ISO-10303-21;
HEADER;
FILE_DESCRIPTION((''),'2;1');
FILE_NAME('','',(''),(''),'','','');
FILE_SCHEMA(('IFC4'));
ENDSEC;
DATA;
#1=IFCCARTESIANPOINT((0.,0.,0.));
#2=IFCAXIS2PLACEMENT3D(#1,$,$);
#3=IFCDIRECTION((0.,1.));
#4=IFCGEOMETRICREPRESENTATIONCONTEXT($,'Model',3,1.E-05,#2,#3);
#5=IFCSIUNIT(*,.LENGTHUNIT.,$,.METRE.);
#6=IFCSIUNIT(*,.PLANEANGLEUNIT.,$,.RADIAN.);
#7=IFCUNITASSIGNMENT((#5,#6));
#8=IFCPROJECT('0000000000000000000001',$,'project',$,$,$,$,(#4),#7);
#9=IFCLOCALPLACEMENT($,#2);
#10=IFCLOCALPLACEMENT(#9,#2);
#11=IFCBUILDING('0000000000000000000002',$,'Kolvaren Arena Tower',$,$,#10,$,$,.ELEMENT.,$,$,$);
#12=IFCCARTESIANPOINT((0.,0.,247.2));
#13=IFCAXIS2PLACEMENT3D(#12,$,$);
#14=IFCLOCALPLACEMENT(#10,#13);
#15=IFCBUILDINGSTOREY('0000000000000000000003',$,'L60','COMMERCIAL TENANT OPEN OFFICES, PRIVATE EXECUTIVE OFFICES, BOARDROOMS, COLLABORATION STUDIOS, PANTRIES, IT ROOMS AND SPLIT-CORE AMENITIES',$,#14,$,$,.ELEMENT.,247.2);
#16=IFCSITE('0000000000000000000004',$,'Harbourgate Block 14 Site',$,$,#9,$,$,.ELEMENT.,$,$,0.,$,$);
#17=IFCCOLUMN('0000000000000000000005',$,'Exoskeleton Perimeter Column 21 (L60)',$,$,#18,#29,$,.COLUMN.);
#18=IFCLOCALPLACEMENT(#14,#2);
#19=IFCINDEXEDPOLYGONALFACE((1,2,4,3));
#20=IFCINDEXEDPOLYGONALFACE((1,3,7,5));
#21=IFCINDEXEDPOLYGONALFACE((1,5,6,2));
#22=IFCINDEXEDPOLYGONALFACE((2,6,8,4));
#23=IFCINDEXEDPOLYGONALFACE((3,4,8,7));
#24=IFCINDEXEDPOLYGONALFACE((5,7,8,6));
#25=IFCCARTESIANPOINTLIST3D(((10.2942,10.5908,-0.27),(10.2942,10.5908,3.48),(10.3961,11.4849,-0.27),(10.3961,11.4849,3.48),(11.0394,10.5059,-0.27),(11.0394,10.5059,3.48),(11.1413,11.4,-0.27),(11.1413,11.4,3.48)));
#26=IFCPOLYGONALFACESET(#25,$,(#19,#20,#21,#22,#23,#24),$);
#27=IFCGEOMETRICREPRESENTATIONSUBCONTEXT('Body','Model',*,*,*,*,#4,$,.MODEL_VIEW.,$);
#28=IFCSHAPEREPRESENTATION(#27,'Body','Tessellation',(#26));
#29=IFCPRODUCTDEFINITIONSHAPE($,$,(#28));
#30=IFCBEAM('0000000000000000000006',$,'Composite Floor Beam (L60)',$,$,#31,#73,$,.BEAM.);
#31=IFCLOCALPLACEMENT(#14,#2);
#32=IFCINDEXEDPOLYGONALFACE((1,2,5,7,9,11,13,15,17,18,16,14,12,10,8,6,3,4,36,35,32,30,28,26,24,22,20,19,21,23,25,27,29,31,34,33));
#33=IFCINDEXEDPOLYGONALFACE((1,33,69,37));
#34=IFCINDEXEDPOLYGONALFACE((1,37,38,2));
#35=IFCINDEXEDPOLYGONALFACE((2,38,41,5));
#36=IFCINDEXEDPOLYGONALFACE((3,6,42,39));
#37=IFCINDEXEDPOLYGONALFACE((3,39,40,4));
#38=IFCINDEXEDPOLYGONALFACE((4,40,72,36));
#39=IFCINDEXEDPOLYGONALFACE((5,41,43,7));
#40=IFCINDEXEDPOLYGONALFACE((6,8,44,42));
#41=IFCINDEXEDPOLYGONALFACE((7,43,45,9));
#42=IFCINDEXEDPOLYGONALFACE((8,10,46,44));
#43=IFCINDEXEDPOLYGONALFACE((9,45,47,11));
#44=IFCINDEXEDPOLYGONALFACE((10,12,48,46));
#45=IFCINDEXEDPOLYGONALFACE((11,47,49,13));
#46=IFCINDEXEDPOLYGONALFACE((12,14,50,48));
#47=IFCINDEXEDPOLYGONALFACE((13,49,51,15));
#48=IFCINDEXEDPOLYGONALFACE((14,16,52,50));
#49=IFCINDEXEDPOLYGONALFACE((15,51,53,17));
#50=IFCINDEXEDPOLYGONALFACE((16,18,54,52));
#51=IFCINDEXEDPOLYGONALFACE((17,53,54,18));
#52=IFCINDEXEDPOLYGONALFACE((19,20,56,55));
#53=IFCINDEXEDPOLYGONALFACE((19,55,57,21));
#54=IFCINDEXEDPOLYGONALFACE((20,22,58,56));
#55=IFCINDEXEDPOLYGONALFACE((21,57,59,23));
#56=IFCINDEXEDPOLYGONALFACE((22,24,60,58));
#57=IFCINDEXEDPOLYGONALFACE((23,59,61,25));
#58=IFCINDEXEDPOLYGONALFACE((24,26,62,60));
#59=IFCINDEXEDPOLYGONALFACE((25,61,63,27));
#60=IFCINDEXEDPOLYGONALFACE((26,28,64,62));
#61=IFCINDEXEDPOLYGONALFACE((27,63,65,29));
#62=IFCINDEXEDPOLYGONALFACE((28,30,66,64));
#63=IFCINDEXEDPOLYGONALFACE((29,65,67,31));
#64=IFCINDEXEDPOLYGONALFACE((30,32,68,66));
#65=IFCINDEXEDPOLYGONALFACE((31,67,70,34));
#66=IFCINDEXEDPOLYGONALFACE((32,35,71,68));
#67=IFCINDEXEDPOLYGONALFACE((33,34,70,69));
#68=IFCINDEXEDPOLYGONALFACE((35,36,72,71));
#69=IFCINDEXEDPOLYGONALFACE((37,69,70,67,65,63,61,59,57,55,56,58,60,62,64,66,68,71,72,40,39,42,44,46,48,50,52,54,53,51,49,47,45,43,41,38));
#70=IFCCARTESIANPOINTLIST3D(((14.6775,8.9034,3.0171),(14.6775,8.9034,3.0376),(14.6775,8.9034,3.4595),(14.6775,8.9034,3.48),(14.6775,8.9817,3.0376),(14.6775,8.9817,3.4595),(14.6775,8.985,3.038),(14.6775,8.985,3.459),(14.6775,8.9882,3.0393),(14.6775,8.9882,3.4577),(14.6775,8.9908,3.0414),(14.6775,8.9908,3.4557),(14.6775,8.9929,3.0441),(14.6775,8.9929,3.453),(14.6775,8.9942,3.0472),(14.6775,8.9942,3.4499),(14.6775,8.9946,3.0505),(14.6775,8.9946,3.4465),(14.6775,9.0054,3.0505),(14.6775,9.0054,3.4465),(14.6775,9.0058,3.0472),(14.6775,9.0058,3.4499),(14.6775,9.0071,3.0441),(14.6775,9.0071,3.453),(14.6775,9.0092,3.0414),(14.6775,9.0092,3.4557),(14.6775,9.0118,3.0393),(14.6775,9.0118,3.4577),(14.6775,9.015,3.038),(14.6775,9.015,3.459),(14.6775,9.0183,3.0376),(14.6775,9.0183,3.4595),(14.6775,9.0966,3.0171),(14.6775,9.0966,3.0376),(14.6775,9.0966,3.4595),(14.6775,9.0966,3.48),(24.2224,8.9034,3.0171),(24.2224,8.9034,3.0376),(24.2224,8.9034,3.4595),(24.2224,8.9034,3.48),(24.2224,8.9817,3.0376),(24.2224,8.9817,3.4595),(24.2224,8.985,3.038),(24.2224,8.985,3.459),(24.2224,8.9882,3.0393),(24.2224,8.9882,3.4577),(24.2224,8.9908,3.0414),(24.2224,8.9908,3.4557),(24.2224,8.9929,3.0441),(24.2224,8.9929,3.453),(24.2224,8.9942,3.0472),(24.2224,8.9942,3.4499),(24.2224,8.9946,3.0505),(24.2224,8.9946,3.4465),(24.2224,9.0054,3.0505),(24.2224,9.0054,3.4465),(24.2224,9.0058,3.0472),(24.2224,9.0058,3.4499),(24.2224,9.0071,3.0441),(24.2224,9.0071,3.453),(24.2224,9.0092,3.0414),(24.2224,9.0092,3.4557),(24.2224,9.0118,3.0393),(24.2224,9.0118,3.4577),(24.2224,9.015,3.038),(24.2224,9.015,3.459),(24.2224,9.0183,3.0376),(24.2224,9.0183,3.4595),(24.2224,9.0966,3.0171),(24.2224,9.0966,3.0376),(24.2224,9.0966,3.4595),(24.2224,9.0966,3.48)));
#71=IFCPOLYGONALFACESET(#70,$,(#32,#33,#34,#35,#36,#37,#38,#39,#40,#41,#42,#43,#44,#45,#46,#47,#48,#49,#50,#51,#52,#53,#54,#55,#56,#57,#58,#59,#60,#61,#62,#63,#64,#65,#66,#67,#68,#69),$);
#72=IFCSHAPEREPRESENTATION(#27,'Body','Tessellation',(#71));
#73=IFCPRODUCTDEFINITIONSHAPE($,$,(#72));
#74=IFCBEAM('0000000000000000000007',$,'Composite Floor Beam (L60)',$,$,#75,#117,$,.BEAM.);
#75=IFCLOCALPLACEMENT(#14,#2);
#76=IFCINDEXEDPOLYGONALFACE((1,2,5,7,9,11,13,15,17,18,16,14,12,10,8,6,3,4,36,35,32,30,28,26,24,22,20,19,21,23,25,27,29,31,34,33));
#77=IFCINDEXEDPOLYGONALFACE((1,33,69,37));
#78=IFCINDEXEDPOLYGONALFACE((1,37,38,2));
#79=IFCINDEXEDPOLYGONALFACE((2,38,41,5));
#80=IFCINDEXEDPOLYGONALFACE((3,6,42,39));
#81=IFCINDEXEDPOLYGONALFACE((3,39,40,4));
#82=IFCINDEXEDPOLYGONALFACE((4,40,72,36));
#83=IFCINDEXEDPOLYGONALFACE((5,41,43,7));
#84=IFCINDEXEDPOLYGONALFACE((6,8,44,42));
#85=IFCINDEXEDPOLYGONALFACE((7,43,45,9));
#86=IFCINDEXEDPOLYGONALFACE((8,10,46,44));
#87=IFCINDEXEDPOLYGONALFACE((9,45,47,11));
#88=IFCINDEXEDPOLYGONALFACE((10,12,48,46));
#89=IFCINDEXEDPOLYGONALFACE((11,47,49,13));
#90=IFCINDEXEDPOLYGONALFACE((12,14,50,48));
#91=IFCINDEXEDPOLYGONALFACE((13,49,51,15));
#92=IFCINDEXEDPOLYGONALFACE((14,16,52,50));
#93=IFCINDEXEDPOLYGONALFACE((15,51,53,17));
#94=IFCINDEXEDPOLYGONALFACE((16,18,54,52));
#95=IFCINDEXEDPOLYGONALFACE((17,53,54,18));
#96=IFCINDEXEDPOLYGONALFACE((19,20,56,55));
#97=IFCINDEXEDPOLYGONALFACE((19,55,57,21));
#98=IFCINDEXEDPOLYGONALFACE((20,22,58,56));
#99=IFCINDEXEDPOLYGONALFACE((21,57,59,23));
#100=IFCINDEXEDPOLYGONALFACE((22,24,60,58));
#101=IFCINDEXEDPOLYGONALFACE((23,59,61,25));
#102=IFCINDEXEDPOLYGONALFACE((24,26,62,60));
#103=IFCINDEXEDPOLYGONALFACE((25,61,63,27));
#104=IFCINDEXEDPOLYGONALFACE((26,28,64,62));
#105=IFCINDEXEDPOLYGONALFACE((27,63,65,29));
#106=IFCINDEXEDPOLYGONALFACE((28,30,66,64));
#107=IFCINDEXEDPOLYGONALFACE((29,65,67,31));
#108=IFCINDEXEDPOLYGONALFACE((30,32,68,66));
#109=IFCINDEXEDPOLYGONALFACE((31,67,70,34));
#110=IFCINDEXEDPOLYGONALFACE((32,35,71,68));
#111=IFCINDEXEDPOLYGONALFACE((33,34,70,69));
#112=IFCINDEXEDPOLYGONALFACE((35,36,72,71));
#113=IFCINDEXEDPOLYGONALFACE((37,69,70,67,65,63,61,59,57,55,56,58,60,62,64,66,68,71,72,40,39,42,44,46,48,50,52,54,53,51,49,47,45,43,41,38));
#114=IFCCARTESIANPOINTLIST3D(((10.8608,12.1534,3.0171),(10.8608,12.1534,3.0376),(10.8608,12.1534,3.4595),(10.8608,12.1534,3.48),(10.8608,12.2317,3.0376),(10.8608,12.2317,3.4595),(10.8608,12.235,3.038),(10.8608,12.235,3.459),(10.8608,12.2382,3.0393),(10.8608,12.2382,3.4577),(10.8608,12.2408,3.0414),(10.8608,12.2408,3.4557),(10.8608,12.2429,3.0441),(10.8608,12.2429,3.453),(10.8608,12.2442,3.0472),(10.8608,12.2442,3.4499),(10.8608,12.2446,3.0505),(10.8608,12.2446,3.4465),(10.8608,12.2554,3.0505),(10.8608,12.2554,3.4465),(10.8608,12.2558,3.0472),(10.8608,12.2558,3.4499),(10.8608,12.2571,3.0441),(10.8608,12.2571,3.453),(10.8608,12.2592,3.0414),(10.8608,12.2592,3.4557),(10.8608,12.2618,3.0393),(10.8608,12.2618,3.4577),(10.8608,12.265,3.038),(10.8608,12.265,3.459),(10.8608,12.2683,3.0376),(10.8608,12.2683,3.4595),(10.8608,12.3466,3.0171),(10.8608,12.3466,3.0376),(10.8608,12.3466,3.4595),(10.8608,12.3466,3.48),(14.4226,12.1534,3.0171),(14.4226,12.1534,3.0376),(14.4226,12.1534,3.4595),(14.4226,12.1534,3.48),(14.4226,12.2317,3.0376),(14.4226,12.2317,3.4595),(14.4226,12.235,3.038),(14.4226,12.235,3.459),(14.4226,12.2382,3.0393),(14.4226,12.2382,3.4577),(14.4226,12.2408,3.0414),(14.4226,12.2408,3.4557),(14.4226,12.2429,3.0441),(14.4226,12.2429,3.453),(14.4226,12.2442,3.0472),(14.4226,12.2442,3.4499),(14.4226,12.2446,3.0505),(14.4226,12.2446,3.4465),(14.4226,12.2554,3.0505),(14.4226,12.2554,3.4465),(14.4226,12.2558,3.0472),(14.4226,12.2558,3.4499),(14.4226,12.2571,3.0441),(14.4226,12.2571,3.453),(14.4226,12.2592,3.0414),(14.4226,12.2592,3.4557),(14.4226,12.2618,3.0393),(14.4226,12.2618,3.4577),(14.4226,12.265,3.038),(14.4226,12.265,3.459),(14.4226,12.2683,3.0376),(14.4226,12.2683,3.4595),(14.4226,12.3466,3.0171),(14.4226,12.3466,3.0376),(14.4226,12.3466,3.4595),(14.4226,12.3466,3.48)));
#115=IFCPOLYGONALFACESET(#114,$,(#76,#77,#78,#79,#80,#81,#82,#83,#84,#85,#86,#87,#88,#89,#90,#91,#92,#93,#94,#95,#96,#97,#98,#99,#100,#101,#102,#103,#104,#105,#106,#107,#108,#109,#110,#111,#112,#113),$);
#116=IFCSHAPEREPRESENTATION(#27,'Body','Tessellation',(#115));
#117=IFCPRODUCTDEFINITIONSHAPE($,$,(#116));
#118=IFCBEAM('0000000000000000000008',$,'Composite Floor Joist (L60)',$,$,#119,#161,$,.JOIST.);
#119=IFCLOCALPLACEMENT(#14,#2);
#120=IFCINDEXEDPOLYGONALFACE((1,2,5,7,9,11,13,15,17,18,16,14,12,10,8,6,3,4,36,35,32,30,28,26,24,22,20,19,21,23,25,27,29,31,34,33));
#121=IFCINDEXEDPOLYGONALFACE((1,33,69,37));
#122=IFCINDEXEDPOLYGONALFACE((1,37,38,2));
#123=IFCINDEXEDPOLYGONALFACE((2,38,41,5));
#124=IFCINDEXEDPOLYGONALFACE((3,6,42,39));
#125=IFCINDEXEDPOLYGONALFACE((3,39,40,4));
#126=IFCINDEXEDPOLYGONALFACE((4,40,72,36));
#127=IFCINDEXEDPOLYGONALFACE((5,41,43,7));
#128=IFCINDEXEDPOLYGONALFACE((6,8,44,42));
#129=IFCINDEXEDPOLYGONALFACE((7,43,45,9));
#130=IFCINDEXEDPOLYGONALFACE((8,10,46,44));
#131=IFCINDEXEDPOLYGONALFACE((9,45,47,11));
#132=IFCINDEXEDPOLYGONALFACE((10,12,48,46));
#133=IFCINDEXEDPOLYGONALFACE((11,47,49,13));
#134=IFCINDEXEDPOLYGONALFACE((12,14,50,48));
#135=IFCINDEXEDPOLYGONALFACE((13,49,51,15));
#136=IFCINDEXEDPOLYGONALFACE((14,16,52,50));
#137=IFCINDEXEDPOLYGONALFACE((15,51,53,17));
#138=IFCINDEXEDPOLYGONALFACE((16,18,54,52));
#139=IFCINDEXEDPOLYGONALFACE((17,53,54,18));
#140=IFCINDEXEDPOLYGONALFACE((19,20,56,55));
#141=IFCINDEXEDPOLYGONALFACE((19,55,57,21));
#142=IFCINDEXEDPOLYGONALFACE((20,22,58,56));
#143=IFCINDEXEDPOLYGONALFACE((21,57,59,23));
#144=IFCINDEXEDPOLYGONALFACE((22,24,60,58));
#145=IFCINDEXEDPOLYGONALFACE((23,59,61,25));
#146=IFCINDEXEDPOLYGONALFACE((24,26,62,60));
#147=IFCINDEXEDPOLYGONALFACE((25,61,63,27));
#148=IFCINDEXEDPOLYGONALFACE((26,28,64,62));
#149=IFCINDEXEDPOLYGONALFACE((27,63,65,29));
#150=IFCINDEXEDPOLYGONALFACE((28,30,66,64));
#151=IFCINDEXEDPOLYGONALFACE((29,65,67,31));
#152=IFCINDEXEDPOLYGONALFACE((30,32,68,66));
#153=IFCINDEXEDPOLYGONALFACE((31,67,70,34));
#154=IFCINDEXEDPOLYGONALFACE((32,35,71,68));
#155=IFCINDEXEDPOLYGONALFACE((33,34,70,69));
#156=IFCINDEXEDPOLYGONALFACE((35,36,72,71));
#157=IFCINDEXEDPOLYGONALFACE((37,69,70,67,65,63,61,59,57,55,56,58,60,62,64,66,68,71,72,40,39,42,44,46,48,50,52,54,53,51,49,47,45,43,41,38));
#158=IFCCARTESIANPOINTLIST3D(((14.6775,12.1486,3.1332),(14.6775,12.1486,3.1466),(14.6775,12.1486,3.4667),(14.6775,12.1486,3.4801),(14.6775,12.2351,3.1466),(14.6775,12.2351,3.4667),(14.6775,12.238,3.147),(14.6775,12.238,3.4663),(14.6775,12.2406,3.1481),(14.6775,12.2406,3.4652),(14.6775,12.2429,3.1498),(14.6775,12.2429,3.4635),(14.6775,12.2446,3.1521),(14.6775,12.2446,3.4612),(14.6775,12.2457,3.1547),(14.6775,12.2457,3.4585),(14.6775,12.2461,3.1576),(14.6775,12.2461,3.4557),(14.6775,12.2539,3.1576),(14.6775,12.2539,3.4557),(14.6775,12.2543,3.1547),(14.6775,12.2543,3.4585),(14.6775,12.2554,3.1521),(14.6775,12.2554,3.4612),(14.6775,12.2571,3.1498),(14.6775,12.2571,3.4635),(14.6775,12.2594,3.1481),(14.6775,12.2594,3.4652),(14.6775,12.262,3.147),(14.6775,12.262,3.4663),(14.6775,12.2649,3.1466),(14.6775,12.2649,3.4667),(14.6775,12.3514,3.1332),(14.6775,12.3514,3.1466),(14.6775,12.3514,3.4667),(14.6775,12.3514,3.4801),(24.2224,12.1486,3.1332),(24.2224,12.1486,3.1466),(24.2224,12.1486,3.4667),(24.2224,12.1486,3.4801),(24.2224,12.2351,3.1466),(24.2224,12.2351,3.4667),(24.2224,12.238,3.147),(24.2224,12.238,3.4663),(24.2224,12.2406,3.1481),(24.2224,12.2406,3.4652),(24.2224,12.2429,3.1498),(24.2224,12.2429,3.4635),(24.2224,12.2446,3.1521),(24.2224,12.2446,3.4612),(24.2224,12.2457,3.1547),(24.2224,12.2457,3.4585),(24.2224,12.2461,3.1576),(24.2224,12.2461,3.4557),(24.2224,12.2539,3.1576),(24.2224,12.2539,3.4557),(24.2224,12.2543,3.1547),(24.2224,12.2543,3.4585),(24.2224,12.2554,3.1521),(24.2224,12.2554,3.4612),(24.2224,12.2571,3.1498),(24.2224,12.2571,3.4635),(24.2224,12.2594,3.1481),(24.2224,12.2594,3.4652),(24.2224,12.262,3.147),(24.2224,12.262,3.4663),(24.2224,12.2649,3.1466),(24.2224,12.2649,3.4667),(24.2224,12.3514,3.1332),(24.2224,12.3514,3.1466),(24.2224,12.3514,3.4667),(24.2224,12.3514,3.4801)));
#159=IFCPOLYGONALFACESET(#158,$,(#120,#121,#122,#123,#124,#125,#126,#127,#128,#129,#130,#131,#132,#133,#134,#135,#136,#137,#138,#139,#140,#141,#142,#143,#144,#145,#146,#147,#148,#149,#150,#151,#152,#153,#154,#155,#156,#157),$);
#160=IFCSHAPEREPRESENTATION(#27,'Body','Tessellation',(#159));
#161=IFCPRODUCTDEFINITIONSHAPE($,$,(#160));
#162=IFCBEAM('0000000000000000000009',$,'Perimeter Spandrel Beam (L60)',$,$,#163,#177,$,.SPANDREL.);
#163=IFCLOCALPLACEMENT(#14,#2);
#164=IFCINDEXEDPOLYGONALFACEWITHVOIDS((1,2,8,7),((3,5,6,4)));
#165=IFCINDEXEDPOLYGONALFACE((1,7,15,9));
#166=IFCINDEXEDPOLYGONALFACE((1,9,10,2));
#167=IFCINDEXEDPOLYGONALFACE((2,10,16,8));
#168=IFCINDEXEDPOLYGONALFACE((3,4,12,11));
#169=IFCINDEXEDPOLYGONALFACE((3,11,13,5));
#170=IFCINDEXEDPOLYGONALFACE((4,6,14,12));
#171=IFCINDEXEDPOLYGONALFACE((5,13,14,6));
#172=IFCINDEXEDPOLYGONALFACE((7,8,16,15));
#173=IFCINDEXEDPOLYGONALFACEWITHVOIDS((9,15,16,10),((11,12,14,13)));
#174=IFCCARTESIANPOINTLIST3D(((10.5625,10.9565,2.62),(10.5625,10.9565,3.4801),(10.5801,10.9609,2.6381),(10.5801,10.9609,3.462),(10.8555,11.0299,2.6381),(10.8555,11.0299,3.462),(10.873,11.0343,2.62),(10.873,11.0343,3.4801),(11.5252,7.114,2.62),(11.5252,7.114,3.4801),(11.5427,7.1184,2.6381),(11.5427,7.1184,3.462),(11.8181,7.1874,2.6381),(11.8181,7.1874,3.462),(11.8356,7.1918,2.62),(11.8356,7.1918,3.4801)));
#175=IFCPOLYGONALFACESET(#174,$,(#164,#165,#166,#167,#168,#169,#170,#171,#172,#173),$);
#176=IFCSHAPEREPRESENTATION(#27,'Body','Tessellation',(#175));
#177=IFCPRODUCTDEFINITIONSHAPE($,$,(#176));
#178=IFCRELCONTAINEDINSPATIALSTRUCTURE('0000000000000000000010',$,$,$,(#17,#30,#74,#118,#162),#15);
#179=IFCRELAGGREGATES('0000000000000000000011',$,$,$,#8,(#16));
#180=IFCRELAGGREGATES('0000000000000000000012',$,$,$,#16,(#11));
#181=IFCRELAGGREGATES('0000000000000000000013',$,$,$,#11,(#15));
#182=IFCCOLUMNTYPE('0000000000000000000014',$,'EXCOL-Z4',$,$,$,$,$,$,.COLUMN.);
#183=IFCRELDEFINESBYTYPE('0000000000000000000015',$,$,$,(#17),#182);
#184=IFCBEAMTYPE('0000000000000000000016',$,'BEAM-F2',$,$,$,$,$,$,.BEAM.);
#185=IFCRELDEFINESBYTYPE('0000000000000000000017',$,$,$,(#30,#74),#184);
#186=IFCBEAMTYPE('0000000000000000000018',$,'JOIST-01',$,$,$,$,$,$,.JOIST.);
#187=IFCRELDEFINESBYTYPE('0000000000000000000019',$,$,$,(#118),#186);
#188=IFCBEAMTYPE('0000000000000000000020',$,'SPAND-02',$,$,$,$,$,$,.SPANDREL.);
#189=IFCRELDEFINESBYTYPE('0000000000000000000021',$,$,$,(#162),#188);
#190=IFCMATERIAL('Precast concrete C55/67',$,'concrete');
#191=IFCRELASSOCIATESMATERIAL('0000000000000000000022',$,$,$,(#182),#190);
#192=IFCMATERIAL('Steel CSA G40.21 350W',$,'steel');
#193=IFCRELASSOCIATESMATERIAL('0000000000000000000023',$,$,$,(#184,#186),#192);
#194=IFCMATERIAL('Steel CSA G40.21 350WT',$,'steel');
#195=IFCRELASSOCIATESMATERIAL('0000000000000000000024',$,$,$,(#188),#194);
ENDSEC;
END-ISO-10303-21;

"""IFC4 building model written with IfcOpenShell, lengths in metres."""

from ifc_helpers import new_model, si_unit, direction, frame, origin, origin_2d, place, context, subcontext, project, spatial, rectangle, hollow_rectangle, i_section, extrude, material, material_profile, profile_set, type_object, element, save


model = new_model("IFC4")

# Units and contexts
model_context = context("Model", 3, precision=1e-05, world=origin(), true_north=direction((0.0, 1.0)))
body_context = subcontext(model_context, "Body", "Model", "MODEL_VIEW")
ifc_project = project(units=[si_unit("LENGTHUNIT", "METRE"), si_unit("PLANEANGLEUNIT", "RADIAN")], contexts=[model_context])

# Site, building, storey
site_placement = place(None, origin())
site = spatial("IfcSite", under=ifc_project, at=site_placement, Name="Harbourgate Block 14 Site", CompositionType="ELEMENT", RefElevation=0.0)
building_placement = place(site_placement, origin())
building = spatial("IfcBuilding", under=site, at=building_placement, Name="Kolvaren Arena Tower", CompositionType="ELEMENT")
storey_placement = place(building_placement, frame((0.0, 0.0, 247.2)))
storey = spatial("IfcBuildingStorey", under=building, at=storey_placement, Name="L60", Description="COMMERCIAL TENANT OPEN OFFICES, PRIVATE EXECUTIVE OFFICES, BOARDROOMS, COLLABORATION STUDIOS, PANTRIES, IT ROOMS AND SPLIT-CORE AMENITIES", CompositionType="ELEMENT", Elevation=247.2)

# Column
ifc_material_1 = material(Name="Precast concrete C55/67", Category="concrete")
ifc_material_profile_1 = material_profile(ifc_material_1, rectangle(XDim=0.8999, YDim=0.75, at=origin_2d()), Name="RC-900x750")
ifc_profile_set_1 = profile_set([ifc_material_profile_1], Name="Precast concrete C55/67")
column_type = type_object("IfcColumnType", Name="EXCOL-Z4", PredefinedType="COLUMN", material=ifc_profile_set_1)
column_placement = place(storey_placement, frame((10.7178, 10.9954, -0.27), z_axis=(0.0, 0.0, 1.0), x_axis=(0.113203, 0.993572, 0.0)))
element("IfcColumn", 1, at=column_placement, inside=storey, type_object=column_type, Name="Exoskeleton Perimeter Column 21 (L60)", PredefinedType="COLUMN", context=body_context, shape_type="SweptSolid", body=[
    extrude(rectangle(XDim=0.8999, YDim=0.75, at=origin_2d()), origin(), (0.0, 0.0, 1.0), 3.75),
])

# Beams
ifc_material_2 = material(Name="Steel CSA G40.21 350W", Category="steel")
ifc_material_profile_2 = material_profile(ifc_material_2, i_section(OverallWidth=0.1931, OverallDepth=0.4629, WebThickness=0.0107, FlangeThickness=0.0205, FilletRadius=0.0129, at=origin_2d()), Name="W460x113")
ifc_profile_set_2 = profile_set([ifc_material_profile_2], Name="Steel CSA G40.21 350W")
beam_type_1 = type_object("IfcBeamType", Name="BEAM-F2", PredefinedType="BEAM", material=ifc_profile_set_2)
beam_1_placement = place(storey_placement, frame((14.6775, 9.0, 3.2485), z_axis=(1.0, 0.0, 0.0), x_axis=(0.0, 1.0, 0.0)))
element("IfcBeam", 2, at=beam_1_placement, inside=storey, type_object=beam_type_1, Name="Composite Floor Beam (L60)", PredefinedType="BEAM", context=body_context, shape_type="SweptSolid", body=[
    extrude(i_section(OverallWidth=0.1931, OverallDepth=0.4629, WebThickness=0.0107, FlangeThickness=0.0205, FilletRadius=0.0129, at=origin_2d()), origin(), (0.0, 0.0, 1.0), 9.5449),
])
beam_2_placement = place(storey_placement, frame((10.8608, 12.25, 3.2485), z_axis=(1.0, 0.0, 0.0), x_axis=(0.0, 1.0, 0.0)))
element("IfcBeam", 3, at=beam_2_placement, inside=storey, type_object=beam_type_1, Name="Composite Floor Beam (L60)", PredefinedType="BEAM", context=body_context, shape_type="SweptSolid", body=[
    extrude(i_section(OverallWidth=0.1931, OverallDepth=0.4629, WebThickness=0.0107, FlangeThickness=0.0205, FilletRadius=0.0129, at=origin_2d()), origin(), (0.0, 0.0, 1.0), 3.5618),
])
ifc_material_profile_3 = material_profile(ifc_material_2, i_section(OverallWidth=0.2029, OverallDepth=0.3469, WebThickness=0.0078, FlangeThickness=0.0134, FilletRadius=0.011, at=origin_2d()), Name="W360x64")
ifc_profile_set_3 = profile_set([ifc_material_profile_3], Name="Steel CSA G40.21 350W")
beam_type_2 = type_object("IfcBeamType", Name="JOIST-01", PredefinedType="JOIST", material=ifc_profile_set_3)
beam_3_placement = place(storey_placement, frame((14.6775, 12.25, 3.3066), z_axis=(1.0, 0.0, 0.0), x_axis=(0.0, 1.0, 0.0)))
element("IfcBeam", 4, at=beam_3_placement, inside=storey, type_object=beam_type_2, Name="Composite Floor Joist (L60)", PredefinedType="JOIST", context=body_context, shape_type="SweptSolid", body=[
    extrude(i_section(OverallWidth=0.2029, OverallDepth=0.3469, WebThickness=0.0078, FlangeThickness=0.0134, FilletRadius=0.011, at=origin_2d()), origin(), (0.0, 0.0, 1.0), 9.5449),
])
ifc_material_3 = material(Name="Steel CSA G40.21 350WT", Category="steel")
ifc_material_profile_4 = material_profile(ifc_material_3, hollow_rectangle(XDim=0.3201, YDim=0.8601, WallThickness=0.0181, at=origin_2d()), Name="HSS 860x320x18")
ifc_profile_set_4 = profile_set([ifc_material_profile_4], Name="Steel CSA G40.21 350WT")
beam_type_3 = type_object("IfcBeamType", Name="SPAND-02", PredefinedType="SPANDREL", material=ifc_profile_set_4)
beam_4_placement = place(storey_placement, frame((10.7178, 10.9954, 3.05), z_axis=(0.243014, -0.970023, 0.0), x_axis=(0.970023, 0.243014, 0.0)))
element("IfcBeam", 5, at=beam_4_placement, inside=storey, type_object=beam_type_3, Name="Perimeter Spandrel Beam (L60)", PredefinedType="SPANDREL", context=body_context, shape_type="SweptSolid", body=[
    extrude(hollow_rectangle(XDim=0.3201, YDim=0.8601, WallThickness=0.0181, at=origin_2d()), origin(), (0.0, 0.0, 1.0), 3.9612),
])

save(model, "model.ifc")
